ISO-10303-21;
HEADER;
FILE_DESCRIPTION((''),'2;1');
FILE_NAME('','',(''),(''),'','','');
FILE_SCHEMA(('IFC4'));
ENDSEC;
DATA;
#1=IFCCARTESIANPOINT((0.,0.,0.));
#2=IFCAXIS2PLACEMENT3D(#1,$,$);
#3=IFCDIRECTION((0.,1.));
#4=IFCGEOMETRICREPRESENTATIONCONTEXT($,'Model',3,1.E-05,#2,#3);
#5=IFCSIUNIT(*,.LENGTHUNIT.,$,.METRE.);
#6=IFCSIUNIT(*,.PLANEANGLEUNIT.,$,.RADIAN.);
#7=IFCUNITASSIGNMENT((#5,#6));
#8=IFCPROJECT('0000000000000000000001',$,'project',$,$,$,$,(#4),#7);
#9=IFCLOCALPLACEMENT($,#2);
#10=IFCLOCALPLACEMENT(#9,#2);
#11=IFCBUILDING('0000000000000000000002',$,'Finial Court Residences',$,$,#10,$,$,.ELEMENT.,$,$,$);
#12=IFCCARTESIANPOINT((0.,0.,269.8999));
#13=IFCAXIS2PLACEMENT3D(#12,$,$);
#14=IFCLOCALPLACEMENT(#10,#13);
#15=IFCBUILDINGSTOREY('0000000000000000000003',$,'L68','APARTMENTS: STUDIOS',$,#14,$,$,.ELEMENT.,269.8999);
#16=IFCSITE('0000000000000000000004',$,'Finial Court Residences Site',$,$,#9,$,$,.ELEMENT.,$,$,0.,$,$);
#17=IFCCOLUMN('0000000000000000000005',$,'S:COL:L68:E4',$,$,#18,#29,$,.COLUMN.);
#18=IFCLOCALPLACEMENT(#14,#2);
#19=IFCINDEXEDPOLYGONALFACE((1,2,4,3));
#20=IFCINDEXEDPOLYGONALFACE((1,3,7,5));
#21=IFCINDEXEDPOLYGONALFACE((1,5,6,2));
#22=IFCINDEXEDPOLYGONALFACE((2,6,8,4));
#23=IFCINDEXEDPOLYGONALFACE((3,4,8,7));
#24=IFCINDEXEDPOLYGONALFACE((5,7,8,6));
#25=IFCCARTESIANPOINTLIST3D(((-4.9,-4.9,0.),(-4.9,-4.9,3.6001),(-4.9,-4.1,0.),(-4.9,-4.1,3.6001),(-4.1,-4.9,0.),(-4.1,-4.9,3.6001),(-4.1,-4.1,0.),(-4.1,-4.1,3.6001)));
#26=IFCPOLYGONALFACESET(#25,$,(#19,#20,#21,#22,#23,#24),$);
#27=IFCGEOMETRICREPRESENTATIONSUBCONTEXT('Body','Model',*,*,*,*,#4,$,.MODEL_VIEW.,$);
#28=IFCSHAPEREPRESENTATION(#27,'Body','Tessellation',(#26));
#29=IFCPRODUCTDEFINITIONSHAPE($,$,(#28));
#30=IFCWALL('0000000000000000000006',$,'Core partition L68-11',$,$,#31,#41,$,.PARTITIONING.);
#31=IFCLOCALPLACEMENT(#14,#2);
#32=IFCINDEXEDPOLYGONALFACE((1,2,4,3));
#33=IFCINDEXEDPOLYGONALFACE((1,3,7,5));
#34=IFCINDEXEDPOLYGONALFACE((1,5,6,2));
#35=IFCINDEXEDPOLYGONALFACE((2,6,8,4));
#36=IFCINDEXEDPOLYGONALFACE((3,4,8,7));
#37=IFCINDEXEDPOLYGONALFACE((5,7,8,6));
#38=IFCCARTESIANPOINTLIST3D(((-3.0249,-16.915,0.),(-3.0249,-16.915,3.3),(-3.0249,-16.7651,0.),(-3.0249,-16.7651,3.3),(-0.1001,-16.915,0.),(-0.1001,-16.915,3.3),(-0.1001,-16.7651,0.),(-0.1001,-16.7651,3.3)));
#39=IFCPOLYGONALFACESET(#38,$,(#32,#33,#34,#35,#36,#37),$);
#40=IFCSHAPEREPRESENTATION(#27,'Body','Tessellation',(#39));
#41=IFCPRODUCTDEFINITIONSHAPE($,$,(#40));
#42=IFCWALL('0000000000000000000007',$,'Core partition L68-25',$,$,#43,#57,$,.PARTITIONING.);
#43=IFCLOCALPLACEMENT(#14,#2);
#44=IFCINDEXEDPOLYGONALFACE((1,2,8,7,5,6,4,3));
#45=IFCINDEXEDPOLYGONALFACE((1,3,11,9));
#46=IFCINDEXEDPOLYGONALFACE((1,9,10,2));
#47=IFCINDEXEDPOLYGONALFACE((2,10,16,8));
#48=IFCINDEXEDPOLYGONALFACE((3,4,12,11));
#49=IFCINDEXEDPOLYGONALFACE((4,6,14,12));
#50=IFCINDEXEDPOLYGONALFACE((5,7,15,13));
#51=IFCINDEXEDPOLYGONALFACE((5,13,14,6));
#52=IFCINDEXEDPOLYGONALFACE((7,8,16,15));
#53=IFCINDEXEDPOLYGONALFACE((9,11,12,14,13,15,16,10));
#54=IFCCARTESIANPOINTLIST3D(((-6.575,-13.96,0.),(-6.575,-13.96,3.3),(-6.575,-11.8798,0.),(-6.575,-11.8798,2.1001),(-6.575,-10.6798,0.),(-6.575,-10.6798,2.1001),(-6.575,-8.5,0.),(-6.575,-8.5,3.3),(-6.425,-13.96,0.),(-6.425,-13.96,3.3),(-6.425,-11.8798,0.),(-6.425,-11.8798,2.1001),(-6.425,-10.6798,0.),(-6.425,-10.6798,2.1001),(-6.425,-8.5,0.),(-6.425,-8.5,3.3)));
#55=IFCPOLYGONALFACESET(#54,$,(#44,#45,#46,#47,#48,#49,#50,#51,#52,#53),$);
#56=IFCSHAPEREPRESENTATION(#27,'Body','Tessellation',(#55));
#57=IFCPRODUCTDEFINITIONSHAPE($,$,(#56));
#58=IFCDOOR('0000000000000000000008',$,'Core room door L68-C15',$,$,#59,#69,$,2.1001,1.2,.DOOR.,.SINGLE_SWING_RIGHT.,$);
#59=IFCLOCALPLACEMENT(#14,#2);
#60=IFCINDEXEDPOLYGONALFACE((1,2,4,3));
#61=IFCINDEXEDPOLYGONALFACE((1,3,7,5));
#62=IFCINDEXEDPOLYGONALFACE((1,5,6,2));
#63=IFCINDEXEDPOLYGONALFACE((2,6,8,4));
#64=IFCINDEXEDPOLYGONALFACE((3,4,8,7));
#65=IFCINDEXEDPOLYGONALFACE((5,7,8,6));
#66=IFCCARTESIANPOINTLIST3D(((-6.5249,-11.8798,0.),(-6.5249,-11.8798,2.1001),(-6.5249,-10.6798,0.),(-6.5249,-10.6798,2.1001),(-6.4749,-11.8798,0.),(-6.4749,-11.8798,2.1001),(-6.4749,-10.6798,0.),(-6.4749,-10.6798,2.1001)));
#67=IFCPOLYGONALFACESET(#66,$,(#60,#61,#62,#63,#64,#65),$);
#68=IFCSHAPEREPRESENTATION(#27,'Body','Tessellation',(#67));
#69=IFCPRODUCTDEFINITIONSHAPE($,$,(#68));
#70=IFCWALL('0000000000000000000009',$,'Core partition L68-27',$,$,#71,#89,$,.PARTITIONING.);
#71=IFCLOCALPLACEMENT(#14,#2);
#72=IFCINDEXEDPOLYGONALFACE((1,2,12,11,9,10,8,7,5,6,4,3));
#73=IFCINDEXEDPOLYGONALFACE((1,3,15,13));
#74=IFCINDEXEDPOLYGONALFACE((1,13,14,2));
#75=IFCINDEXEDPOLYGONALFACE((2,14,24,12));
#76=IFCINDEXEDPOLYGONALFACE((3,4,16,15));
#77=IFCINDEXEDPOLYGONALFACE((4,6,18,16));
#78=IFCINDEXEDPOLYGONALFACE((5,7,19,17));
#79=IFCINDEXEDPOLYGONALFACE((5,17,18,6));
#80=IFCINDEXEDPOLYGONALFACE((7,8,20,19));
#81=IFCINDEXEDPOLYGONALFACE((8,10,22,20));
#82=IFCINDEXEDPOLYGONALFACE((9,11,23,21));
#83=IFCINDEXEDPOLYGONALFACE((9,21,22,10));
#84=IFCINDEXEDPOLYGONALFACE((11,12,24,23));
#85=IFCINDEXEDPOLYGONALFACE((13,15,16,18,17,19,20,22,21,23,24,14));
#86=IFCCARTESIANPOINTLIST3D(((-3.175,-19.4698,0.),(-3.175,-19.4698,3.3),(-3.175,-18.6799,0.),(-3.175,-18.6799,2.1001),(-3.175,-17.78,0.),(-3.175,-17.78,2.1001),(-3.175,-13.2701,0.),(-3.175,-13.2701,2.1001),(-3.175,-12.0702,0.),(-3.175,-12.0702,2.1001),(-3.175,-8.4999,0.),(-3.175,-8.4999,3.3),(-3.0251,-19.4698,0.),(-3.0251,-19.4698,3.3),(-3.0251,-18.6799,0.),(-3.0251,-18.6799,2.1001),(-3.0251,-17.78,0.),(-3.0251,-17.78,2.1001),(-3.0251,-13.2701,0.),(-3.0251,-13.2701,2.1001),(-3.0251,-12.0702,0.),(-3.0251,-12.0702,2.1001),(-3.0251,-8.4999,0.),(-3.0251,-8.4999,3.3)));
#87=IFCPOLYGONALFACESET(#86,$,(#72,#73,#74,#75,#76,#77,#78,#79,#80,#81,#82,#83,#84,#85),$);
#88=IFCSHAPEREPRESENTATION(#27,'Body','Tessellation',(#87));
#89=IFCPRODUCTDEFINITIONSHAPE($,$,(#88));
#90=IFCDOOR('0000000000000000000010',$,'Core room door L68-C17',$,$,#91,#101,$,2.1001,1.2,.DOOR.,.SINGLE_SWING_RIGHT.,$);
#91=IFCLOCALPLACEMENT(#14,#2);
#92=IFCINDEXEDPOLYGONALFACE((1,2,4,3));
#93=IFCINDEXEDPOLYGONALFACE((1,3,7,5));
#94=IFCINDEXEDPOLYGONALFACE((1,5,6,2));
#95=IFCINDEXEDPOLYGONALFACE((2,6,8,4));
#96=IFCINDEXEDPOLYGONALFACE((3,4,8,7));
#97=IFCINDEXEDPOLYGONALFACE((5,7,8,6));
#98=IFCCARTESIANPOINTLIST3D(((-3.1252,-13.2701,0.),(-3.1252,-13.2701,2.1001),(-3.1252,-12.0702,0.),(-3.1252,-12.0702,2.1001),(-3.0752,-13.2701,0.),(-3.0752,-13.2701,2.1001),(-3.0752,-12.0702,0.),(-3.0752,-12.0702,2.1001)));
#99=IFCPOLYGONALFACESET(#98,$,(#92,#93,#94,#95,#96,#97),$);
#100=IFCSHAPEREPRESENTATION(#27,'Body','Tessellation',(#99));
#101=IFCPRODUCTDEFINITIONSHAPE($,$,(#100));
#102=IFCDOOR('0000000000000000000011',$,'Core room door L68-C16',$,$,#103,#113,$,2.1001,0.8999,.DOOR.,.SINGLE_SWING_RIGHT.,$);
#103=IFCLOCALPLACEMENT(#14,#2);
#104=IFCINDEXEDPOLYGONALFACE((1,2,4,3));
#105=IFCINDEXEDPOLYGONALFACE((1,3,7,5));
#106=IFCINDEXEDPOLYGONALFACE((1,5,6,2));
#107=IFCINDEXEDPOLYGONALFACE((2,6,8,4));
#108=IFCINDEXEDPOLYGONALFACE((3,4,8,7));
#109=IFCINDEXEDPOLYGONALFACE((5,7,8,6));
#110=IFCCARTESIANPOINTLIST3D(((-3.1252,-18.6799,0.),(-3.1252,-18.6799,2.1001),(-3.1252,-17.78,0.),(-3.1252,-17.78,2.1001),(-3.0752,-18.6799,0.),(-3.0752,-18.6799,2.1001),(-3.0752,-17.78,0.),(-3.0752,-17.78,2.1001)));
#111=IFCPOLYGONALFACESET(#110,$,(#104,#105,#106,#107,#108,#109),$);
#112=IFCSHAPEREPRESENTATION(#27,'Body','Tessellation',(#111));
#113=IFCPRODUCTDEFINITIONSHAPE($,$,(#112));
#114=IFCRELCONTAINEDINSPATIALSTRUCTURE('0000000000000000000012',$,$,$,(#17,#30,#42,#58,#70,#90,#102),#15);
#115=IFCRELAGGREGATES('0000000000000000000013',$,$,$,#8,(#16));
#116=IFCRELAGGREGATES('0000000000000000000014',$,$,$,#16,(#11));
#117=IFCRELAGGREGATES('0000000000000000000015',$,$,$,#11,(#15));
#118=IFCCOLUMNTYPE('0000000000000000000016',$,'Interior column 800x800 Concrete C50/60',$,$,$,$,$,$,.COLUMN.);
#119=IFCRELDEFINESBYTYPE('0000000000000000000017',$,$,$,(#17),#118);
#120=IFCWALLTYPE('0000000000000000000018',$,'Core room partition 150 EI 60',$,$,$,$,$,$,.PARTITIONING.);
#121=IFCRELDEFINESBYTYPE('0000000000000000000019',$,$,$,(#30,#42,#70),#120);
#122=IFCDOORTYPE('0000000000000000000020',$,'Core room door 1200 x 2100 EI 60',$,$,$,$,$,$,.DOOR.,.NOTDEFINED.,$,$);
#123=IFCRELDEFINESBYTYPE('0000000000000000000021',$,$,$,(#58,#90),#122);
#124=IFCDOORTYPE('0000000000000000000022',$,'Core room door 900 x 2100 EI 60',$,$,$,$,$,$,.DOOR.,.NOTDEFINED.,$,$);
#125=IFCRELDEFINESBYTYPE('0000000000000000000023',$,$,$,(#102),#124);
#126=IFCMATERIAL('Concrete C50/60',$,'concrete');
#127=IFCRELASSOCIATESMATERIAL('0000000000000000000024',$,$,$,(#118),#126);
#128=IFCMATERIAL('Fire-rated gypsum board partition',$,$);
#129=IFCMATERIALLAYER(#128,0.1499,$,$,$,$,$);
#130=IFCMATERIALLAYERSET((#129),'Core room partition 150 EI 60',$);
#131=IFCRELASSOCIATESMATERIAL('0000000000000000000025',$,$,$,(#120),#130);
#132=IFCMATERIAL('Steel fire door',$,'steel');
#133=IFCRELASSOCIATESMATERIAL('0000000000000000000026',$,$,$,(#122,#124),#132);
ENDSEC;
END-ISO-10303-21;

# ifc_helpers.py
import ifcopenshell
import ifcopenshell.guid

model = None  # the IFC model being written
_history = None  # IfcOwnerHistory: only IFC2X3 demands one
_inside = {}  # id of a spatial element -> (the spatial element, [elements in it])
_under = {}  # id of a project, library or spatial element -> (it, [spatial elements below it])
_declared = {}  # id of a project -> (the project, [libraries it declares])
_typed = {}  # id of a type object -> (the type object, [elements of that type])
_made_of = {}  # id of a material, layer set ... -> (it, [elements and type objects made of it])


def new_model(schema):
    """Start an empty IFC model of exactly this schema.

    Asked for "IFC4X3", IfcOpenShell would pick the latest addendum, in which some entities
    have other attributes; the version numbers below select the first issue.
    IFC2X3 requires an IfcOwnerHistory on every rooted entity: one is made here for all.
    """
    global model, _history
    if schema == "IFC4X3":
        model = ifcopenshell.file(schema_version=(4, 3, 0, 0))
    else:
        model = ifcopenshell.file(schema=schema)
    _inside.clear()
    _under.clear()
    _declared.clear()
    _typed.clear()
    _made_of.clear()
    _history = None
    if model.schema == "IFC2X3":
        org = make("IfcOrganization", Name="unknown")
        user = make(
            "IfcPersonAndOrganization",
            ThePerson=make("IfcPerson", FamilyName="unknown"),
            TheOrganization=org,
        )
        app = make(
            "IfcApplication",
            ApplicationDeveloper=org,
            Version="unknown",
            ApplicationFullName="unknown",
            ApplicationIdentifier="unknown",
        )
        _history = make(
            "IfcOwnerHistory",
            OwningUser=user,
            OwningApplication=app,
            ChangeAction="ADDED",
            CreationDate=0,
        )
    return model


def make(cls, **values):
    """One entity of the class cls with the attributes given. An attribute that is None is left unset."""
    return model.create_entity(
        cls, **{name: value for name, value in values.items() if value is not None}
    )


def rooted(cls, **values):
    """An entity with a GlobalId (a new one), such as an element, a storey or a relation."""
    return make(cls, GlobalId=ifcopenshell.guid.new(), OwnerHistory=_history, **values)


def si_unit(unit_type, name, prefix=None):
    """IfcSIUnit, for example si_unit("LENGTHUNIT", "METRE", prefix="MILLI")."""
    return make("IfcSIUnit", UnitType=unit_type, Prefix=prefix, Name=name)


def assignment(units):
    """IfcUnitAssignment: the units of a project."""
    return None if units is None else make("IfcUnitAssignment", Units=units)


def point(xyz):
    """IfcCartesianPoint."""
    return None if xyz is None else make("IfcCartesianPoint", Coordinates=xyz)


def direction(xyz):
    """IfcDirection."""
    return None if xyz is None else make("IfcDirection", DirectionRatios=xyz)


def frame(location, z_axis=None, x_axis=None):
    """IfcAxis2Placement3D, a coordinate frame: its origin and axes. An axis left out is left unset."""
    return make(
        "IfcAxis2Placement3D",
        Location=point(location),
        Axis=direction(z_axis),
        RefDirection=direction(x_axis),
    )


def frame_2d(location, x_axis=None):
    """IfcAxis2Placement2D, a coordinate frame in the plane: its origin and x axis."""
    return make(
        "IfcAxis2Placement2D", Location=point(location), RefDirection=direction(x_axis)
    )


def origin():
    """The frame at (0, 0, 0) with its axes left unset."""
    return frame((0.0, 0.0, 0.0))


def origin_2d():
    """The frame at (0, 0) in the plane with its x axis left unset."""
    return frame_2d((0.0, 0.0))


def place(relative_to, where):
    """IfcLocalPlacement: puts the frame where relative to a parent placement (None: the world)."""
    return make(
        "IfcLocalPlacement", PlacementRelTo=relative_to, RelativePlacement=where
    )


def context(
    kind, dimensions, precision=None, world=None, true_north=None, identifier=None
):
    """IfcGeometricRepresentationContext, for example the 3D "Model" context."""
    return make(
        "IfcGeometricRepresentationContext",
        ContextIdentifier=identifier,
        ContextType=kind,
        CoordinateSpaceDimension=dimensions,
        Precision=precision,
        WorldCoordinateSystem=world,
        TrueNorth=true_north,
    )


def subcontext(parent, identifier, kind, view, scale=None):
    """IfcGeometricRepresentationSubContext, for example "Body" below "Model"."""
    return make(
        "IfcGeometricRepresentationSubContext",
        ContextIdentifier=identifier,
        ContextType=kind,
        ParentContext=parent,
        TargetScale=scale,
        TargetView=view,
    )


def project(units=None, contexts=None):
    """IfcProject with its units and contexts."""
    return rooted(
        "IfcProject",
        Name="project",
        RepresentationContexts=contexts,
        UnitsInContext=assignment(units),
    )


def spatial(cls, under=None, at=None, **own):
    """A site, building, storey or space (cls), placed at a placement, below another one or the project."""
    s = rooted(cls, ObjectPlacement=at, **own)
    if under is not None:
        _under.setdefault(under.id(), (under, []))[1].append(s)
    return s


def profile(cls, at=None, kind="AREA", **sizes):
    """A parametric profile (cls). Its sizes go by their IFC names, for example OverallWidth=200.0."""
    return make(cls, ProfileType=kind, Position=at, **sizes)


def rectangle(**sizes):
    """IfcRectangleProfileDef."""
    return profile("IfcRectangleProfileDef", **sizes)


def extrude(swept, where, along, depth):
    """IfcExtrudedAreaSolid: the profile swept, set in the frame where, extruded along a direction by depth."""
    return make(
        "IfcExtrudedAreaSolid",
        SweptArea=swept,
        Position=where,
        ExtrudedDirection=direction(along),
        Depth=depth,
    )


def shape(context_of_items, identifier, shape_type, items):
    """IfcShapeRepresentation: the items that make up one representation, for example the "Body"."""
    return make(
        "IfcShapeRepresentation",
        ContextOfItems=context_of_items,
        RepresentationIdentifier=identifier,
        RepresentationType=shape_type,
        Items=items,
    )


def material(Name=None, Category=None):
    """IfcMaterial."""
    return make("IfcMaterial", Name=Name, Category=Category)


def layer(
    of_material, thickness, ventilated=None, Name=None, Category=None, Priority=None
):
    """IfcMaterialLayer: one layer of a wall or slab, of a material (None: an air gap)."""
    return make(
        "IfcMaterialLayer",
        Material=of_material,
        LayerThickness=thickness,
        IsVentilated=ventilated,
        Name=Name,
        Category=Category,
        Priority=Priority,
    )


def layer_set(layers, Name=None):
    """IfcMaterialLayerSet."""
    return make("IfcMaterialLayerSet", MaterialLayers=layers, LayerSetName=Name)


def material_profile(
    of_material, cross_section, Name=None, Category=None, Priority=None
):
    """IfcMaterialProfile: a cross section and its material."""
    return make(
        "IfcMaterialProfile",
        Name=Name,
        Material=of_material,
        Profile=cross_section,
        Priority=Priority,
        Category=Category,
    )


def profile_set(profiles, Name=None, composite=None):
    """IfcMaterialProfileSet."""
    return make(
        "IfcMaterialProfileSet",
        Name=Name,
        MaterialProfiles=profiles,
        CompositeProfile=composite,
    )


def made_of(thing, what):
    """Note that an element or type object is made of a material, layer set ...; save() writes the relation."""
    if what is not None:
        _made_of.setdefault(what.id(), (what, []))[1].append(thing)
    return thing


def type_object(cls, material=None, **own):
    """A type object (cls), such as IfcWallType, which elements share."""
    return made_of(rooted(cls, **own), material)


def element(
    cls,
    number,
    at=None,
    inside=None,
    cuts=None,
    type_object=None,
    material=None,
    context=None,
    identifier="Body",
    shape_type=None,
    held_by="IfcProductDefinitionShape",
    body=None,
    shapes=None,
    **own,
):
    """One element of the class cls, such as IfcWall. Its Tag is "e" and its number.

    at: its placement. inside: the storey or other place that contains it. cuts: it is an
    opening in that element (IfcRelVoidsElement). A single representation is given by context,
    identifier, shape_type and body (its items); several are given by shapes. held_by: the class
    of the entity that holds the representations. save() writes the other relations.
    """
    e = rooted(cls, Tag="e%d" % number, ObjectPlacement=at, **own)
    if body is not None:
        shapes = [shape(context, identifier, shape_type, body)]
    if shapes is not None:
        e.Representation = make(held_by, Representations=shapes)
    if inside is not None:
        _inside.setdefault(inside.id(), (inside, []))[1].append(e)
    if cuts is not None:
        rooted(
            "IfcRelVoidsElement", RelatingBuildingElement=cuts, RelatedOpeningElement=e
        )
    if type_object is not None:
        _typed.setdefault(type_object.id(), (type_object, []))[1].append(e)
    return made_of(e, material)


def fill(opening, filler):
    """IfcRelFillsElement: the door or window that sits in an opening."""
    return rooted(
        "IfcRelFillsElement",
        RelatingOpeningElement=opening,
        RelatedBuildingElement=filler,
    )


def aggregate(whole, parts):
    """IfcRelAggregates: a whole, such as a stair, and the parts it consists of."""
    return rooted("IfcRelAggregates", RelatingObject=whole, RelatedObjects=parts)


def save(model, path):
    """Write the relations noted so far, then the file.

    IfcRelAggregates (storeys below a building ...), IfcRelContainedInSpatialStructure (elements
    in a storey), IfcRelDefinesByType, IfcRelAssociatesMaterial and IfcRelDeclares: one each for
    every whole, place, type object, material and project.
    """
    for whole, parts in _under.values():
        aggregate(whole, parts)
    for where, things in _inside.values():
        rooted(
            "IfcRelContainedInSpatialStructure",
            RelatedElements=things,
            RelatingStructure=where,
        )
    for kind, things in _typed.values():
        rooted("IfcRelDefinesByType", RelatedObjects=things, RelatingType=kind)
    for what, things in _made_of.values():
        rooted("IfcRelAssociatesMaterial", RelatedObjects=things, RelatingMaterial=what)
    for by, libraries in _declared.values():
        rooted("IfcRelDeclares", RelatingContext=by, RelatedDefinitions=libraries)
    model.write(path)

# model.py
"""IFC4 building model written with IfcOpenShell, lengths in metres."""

from ifc_helpers import new_model, si_unit, direction, frame, frame_2d, origin, origin_2d, place, context, subcontext, project, spatial, rectangle, extrude, material, layer, layer_set, material_profile, profile_set, type_object, element, fill, save


model = new_model("IFC4")

# Units and contexts
model_context = context("Model", 3, precision=1e-05, world=origin(), true_north=direction((0.0, 1.0)))
body_context = subcontext(model_context, "Body", "Model", "MODEL_VIEW")
ifc_project = project(units=[si_unit("LENGTHUNIT", "METRE"), si_unit("PLANEANGLEUNIT", "RADIAN")], contexts=[model_context])

# Site, building, storey
site_placement = place(None, origin())
site = spatial("IfcSite", under=ifc_project, at=site_placement, Name="Finial Court Residences Site", CompositionType="ELEMENT", RefElevation=0.0)
building_placement = place(site_placement, origin())
building = spatial("IfcBuilding", under=site, at=building_placement, Name="Finial Court Residences", CompositionType="ELEMENT")
storey_placement = place(building_placement, frame((0.0, 0.0, 269.8999)))
storey = spatial("IfcBuildingStorey", under=building, at=storey_placement, Name="L68", Description="APARTMENTS: STUDIOS", CompositionType="ELEMENT", Elevation=269.8999)

# Column
ifc_material_1 = material(Name="Concrete C50/60", Category="concrete")
ifc_material_profile = material_profile(ifc_material_1, rectangle(XDim=0.8, YDim=0.8, at=origin_2d()), Name="800x800")
ifc_profile_set = profile_set([ifc_material_profile], Name="Concrete C50/60")
column_type = type_object("IfcColumnType", Name="Interior column 800x800 Concrete C50/60", PredefinedType="COLUMN", material=ifc_profile_set)
column_placement = place(storey_placement, frame((-4.5, -4.5, 0.0), z_axis=(0.0, 0.0, 1.0), x_axis=(1.0, 0.0, 0.0)))
element("IfcColumn", 1, at=column_placement, inside=storey, type_object=column_type, Name="S:COL:L68:E4", PredefinedType="COLUMN", context=body_context, shape_type="SweptSolid", body=[
    extrude(rectangle(XDim=0.8, YDim=0.8, at=origin_2d()), origin(), (0.0, 0.0, 1.0), 3.6001),
])

# Wall
ifc_material_2 = material(Name="Fire-rated gypsum board partition")
ifc_layer_1 = layer(ifc_material_2, 0.1499)
ifc_layer_set_1 = layer_set([ifc_layer_1], Name="Core room partition 150 EI 60")
wall_type_1 = type_object("IfcWallType", Name="Core room partition 150 EI 60", PredefinedType="PARTITIONING", material=ifc_layer_set_1)
wall_1_placement = place(storey_placement, frame((-3.0249, -16.8401, 0.0), z_axis=(0.0, 0.0, 1.0), x_axis=(1.0, 0.0, 0.0)))
element("IfcWall", 2, at=wall_1_placement, inside=storey, type_object=wall_type_1, Name="Core partition L68-11", PredefinedType="PARTITIONING", context=body_context, shape_type="SweptSolid", body=[
    extrude(rectangle(XDim=2.9248, YDim=0.1499, at=frame_2d((1.4624, 0.0))), origin(), (0.0, 0.0, 1.0), 3.3),
])

# Wall, opening, door
wall_2_placement = place(storey_placement, frame((-6.5, -13.96, 0.0), z_axis=(0.0, 0.0, 1.0), x_axis=(0.0, 1.0, 0.0)))
wall_2 = element("IfcWall", 3, at=wall_2_placement, inside=storey, type_object=wall_type_1, Name="Core partition L68-25", PredefinedType="PARTITIONING", context=body_context, shape_type="SweptSolid", body=[
    extrude(rectangle(XDim=5.46, YDim=0.1499, at=frame_2d((2.73, 0.0))), origin(), (0.0, 0.0, 1.0), 3.3),
])
opening_1_placement = place(wall_2_placement, frame((2.0801, 0.0, 0.0)))
opening_1 = element("IfcOpeningElement", 4, at=opening_1_placement, cuts=wall_2, PredefinedType="OPENING", context=body_context, shape_type="SweptSolid", body=[
    extrude(rectangle(XDim=1.2, YDim=2.1001, at=frame_2d((0.6001, 1.05))), frame((0.0, 0.085, 0.0), z_axis=(0.0, -1.0, 0.0), x_axis=(1.0, 0.0, 0.0)), (0.0, 0.0, 1.0), 0.1699),
])
ifc_material_3 = material(Name="Steel fire door", Category="steel")
door_type_1 = type_object("IfcDoorType", Name="Core room door 1200 x 2100 EI 60", OperationType="NOTDEFINED", PredefinedType="DOOR", material=ifc_material_3)
door_1_placement = place(opening_1_placement, origin())
door_1 = element("IfcDoor", 5, at=door_1_placement, inside=storey, type_object=door_type_1, Name="Core room door L68-C15", OperationType="SINGLE_SWING_RIGHT", OverallHeight=2.1001, OverallWidth=1.2, PredefinedType="DOOR", context=body_context, shape_type="SweptSolid", body=[
    extrude(rectangle(XDim=1.2, YDim=2.1001, at=frame_2d((0.6001, 1.05))), frame((0.0, 0.0249, 0.0), z_axis=(0.0, -1.0, 0.0), x_axis=(1.0, 0.0, 0.0)), (0.0, 0.0, 1.0), 0.05),
])
fill(opening_1, door_1)

# Wall, openings, doors
wall_3_placement = place(storey_placement, frame((-3.1001, -8.5, 0.0), z_axis=(0.0, 0.0, 1.0), x_axis=(0.0, -1.0, 0.0)))
wall_3 = element("IfcWall", 6, at=wall_3_placement, inside=storey, type_object=wall_type_1, Name="Core partition L68-27", PredefinedType="PARTITIONING", context=body_context, shape_type="SweptSolid", body=[
    extrude(rectangle(XDim=10.97, YDim=0.1499, at=frame_2d((5.4849, 0.0))), origin(), (0.0, 0.0, 1.0), 3.3),
])
opening_2_placement = place(wall_3_placement, frame((9.28, 0.0, 0.0)))
opening_2 = element("IfcOpeningElement", 7, at=opening_2_placement, cuts=wall_3, PredefinedType="OPENING", context=body_context, shape_type="SweptSolid", body=[
    extrude(rectangle(XDim=0.8999, YDim=2.1001, at=frame_2d((0.45, 1.05))), frame((0.0, 0.085, 0.0), z_axis=(0.0, -1.0, 0.0), x_axis=(1.0, 0.0, 0.0)), (0.0, 0.0, 1.0), 0.1699),
])
opening_3_placement = place(wall_3_placement, frame((3.5701, 0.0, 0.0)))
opening_3 = element("IfcOpeningElement", 8, at=opening_3_placement, cuts=wall_3, PredefinedType="OPENING", context=body_context, shape_type="SweptSolid", body=[
    extrude(rectangle(XDim=1.2, YDim=2.1001, at=frame_2d((0.6001, 1.05))), frame((0.0, 0.085, 0.0), z_axis=(0.0, -1.0, 0.0), x_axis=(1.0, 0.0, 0.0)), (0.0, 0.0, 1.0), 0.1699),
])
door_2_placement = place(opening_3_placement, origin())
door_2 = element("IfcDoor", 9, at=door_2_placement, inside=storey, type_object=door_type_1, Name="Core room door L68-C17", OperationType="SINGLE_SWING_RIGHT", OverallHeight=2.1001, OverallWidth=1.2, PredefinedType="DOOR", context=body_context, shape_type="SweptSolid", body=[
    extrude(rectangle(XDim=1.2, YDim=2.1001, at=frame_2d((0.6001, 1.05))), frame((0.0, 0.0249, 0.0), z_axis=(0.0, -1.0, 0.0), x_axis=(1.0, 0.0, 0.0)), (0.0, 0.0, 1.0), 0.05),
])
fill(opening_3, door_2)
door_type_2 = type_object("IfcDoorType", Name="Core room door 900 x 2100 EI 60", OperationType="NOTDEFINED", PredefinedType="DOOR", material=ifc_material_3)
door_3_placement = place(opening_2_placement, origin())
door_3 = element("IfcDoor", 10, at=door_3_placement, inside=storey, type_object=door_type_2, Name="Core room door L68-C16", OperationType="SINGLE_SWING_RIGHT", OverallHeight=2.1001, OverallWidth=0.8999, PredefinedType="DOOR", context=body_context, shape_type="SweptSolid", body=[
    extrude(rectangle(XDim=0.8999, YDim=2.1001, at=frame_2d((0.45, 1.05))), frame((0.0, 0.0249, 0.0), z_axis=(0.0, -1.0, 0.0), x_axis=(1.0, 0.0, 0.0)), (0.0, 0.0, 1.0), 0.05),
])
fill(opening_2, door_3)

save(model, "model.ifc")
